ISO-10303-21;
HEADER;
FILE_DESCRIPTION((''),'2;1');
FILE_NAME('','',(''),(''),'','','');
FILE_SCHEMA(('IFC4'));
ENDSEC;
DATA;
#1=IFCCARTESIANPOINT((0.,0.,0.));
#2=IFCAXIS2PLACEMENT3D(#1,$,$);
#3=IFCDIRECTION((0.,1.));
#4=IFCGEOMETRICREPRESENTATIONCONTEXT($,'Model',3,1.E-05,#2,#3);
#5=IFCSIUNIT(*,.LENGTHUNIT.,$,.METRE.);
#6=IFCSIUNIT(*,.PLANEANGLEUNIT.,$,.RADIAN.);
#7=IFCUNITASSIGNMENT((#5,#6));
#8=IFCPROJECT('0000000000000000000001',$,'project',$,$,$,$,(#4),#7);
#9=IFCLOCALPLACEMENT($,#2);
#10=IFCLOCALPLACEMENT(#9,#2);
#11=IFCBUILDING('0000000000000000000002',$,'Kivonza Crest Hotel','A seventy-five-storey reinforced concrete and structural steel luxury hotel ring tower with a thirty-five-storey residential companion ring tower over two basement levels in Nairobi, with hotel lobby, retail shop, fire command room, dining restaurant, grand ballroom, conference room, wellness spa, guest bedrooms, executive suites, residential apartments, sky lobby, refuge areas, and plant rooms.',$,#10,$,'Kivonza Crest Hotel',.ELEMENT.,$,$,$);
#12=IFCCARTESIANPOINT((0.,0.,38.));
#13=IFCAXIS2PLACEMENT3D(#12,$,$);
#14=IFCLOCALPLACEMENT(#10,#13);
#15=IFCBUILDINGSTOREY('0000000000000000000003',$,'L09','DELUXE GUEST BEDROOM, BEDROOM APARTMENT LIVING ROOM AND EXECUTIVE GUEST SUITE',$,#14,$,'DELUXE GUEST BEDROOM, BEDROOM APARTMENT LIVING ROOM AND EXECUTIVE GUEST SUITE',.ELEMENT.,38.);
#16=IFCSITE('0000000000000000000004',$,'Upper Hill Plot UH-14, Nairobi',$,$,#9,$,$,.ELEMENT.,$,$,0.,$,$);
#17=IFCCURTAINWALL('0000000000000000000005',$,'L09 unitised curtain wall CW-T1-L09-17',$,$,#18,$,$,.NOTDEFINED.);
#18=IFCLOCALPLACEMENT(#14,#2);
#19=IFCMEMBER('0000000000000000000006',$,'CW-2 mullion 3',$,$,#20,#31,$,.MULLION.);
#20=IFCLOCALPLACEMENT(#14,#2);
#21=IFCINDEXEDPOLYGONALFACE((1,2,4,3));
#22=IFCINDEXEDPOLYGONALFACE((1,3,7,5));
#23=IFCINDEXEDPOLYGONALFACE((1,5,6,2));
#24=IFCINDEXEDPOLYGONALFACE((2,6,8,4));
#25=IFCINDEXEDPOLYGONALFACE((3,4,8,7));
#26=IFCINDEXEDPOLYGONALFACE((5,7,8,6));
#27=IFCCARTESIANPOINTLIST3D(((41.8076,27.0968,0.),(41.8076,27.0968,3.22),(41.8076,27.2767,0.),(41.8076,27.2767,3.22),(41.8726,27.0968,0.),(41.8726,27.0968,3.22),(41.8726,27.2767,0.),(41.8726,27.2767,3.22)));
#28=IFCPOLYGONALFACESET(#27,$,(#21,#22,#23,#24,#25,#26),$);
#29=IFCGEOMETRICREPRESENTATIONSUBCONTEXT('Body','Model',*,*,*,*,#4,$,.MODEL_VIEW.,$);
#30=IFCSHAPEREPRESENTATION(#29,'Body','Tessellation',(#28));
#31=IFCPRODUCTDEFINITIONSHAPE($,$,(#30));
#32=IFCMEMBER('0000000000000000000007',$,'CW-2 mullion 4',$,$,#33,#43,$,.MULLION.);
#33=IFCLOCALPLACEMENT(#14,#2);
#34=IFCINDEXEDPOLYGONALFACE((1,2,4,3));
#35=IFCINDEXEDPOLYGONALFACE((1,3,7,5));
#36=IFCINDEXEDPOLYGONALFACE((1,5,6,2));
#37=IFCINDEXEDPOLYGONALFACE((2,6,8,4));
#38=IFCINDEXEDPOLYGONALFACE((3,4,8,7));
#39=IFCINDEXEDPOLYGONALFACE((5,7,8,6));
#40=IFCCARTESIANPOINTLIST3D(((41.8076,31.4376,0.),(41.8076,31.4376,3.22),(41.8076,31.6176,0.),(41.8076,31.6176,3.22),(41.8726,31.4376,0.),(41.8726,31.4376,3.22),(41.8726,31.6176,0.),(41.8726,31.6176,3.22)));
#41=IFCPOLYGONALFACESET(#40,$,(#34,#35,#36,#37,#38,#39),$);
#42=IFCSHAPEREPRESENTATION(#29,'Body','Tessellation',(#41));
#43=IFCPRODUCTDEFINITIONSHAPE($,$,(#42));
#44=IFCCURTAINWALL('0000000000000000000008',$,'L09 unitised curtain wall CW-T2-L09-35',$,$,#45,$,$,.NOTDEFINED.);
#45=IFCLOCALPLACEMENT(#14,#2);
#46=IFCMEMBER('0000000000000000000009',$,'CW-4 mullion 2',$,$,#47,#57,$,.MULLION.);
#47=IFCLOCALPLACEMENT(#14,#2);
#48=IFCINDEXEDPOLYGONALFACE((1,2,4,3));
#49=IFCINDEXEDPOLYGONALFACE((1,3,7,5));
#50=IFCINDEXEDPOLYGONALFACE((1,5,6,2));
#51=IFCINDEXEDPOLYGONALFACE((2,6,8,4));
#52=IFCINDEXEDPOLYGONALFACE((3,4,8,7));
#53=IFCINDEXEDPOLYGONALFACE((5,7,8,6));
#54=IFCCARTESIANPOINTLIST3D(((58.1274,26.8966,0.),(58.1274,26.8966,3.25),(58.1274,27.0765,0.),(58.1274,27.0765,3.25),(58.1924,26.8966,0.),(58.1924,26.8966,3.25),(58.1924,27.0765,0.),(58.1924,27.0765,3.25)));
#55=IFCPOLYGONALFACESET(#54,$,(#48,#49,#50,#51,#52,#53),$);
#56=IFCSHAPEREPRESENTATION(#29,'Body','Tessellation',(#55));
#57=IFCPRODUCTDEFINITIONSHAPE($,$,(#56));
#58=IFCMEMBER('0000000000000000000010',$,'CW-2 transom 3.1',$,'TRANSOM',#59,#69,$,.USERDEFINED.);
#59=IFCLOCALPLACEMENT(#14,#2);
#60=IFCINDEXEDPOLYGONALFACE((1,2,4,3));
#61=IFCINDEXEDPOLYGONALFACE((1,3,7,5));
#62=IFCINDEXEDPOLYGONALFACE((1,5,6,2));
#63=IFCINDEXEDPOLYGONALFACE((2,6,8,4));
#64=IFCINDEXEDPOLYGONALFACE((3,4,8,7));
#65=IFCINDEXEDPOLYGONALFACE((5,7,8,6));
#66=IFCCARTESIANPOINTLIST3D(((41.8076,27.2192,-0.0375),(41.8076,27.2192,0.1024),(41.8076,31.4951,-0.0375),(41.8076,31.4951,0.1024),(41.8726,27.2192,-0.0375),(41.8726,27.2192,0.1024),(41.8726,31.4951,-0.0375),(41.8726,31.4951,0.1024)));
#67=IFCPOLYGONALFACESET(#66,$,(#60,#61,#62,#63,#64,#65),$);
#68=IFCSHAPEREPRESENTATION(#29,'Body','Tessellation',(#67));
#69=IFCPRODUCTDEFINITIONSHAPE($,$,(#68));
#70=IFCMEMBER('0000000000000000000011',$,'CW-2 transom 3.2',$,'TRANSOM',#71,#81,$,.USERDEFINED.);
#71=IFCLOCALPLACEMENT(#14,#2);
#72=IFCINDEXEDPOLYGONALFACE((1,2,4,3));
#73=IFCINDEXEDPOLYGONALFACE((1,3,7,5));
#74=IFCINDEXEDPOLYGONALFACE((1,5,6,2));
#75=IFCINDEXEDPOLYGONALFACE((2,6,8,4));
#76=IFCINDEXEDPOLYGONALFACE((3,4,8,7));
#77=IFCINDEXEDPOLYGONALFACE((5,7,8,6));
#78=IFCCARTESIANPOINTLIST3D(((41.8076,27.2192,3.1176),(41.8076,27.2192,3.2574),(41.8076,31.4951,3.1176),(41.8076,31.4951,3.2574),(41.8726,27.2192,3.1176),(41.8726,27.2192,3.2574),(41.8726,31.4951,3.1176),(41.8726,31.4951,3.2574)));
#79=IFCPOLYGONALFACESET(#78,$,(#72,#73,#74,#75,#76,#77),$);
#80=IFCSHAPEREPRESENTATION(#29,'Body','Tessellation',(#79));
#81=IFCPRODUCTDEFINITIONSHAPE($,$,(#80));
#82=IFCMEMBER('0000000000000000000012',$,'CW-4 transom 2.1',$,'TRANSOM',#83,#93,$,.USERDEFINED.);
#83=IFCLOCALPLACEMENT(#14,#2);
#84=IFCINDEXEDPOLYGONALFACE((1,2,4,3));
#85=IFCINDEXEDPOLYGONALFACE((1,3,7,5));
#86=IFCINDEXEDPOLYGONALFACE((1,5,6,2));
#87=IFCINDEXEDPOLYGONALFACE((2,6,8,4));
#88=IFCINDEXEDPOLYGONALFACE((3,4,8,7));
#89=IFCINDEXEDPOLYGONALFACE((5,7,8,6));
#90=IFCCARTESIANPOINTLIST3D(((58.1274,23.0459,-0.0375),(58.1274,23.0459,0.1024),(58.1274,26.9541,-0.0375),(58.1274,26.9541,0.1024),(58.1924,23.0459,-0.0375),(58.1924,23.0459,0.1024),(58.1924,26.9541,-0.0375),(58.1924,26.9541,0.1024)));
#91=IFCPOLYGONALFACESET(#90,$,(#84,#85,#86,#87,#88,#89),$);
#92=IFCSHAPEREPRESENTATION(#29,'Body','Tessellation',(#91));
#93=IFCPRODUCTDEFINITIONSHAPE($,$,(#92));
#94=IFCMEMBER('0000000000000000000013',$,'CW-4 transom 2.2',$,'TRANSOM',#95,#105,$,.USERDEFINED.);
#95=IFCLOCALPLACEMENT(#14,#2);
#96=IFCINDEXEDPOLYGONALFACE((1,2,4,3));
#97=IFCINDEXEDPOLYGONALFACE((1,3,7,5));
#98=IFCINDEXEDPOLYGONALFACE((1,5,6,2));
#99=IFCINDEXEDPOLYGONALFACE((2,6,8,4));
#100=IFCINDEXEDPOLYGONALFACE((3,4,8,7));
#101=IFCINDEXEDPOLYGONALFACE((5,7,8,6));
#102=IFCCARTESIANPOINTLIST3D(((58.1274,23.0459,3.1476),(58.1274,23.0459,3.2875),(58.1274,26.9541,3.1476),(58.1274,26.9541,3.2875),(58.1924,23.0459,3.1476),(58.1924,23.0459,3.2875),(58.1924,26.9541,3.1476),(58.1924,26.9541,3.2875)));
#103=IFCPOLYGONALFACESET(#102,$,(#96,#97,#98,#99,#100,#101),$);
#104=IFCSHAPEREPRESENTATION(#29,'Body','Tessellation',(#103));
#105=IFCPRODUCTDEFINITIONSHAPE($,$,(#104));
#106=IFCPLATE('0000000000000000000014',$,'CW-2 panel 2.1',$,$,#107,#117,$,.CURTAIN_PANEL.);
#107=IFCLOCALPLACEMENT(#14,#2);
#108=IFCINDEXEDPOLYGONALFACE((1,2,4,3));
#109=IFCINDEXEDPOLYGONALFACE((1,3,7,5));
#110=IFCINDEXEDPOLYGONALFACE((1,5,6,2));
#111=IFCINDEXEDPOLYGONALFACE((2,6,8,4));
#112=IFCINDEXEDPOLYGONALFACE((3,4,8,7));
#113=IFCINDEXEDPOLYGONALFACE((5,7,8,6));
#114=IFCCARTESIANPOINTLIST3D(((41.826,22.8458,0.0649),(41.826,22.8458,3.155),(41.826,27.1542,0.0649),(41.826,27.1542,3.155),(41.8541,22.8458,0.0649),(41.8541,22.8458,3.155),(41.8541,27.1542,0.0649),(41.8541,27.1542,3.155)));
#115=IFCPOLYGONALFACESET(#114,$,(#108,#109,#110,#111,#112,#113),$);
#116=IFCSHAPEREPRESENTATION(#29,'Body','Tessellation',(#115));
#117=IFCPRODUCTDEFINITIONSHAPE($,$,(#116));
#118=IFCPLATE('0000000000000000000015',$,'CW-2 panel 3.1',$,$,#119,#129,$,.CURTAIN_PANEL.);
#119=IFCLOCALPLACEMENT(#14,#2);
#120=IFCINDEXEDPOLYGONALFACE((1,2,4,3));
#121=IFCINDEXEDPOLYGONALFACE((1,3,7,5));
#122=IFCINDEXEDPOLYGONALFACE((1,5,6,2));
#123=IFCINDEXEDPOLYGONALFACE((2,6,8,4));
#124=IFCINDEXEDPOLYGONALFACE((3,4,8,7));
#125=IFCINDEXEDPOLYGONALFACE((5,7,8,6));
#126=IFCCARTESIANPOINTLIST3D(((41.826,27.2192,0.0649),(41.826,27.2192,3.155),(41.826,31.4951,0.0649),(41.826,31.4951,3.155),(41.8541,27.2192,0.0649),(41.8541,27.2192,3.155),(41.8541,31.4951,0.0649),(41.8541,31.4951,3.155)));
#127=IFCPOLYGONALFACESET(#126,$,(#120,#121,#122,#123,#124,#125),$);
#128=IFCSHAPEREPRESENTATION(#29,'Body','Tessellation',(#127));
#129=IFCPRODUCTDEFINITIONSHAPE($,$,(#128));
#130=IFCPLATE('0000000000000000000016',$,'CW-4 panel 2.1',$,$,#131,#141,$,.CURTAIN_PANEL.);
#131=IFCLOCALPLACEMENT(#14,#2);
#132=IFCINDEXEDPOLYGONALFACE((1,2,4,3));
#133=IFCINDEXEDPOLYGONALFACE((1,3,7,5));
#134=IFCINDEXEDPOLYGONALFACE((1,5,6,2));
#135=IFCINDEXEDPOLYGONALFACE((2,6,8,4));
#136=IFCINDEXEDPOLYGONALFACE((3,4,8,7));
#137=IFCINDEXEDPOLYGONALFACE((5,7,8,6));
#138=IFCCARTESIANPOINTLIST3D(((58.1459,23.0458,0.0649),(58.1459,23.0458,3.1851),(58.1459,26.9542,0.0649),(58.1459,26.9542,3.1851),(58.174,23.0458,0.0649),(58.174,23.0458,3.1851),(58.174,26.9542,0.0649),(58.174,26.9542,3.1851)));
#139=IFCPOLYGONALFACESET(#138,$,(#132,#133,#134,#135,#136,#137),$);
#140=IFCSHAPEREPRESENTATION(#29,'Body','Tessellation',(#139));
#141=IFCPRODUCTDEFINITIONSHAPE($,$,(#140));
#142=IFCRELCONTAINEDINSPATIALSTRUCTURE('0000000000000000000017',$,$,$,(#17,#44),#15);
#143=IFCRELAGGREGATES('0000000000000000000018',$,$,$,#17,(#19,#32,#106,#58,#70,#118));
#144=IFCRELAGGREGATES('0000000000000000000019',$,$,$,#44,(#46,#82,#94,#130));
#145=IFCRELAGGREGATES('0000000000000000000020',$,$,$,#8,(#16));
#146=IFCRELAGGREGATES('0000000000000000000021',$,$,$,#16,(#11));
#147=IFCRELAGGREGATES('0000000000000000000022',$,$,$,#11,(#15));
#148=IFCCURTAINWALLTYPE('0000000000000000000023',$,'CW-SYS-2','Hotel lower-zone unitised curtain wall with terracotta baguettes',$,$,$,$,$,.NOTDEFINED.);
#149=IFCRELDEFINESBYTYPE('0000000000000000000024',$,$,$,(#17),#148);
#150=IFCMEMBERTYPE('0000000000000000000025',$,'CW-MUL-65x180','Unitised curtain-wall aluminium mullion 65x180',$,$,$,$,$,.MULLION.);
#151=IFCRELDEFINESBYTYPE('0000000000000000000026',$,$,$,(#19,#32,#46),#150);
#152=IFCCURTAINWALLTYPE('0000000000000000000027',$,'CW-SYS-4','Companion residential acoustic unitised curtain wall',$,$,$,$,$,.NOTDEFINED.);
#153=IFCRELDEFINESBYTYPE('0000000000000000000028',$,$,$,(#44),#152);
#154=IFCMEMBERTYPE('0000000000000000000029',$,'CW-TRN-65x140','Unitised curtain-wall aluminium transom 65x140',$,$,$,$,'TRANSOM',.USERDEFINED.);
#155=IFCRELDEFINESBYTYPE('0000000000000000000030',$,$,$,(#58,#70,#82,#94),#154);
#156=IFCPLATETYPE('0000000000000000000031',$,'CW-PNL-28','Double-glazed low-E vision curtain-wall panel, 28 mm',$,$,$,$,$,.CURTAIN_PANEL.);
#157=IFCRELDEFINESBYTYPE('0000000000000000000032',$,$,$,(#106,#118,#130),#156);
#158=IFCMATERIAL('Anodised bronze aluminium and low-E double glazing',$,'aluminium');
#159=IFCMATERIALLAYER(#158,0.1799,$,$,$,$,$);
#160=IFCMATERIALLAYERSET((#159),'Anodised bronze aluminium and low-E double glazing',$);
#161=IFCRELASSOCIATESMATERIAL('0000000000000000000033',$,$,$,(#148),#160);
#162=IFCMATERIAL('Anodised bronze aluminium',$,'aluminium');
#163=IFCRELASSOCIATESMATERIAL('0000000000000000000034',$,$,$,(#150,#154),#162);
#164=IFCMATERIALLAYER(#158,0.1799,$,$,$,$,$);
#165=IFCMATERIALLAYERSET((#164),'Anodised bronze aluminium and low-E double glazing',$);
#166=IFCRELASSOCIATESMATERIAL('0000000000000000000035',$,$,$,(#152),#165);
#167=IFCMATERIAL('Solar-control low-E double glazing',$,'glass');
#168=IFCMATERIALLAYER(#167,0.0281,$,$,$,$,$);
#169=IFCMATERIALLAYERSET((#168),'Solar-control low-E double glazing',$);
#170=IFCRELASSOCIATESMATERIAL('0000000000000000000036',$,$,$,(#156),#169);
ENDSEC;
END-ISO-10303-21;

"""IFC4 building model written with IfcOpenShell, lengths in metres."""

from ifc_helpers import new_model, si_unit, direction, frame, origin, origin_2d, place, context, subcontext, project, spatial, rectangle, extrude, material, layer, layer_set, material_profile, profile_set, type_object, element, aggregate, save


model = new_model("IFC4")

# Units and contexts
model_context = context("Model", 3, precision=1e-05, world=origin(), true_north=direction((0.0, 1.0)))
body_context = subcontext(model_context, "Body", "Model", "MODEL_VIEW")
ifc_project = project(units=[si_unit("LENGTHUNIT", "METRE"), si_unit("PLANEANGLEUNIT", "RADIAN")], contexts=[model_context])

# Site, building, storey
site_placement = place(None, origin())
site = spatial("IfcSite", under=ifc_project, at=site_placement, Name="Upper Hill Plot UH-14, Nairobi", CompositionType="ELEMENT", RefElevation=0.0)
building_placement = place(site_placement, origin())
building = spatial("IfcBuilding", under=site, at=building_placement, Name="Kivonza Crest Hotel", Description="A seventy-five-storey reinforced concrete and structural steel luxury hotel ring tower with a thirty-five-storey residential companion ring tower over two basement levels in Nairobi, with hotel lobby, retail shop, fire command room, dining restaurant, grand ballroom, conference room, wellness spa, guest bedrooms, executive suites, residential apartments, sky lobby, refuge areas, and plant rooms.", LongName="Kivonza Crest Hotel", CompositionType="ELEMENT")
storey_placement = place(building_placement, frame((0.0, 0.0, 38.0)))
storey = spatial("IfcBuildingStorey", under=building, at=storey_placement, Name="L09", Description="DELUXE GUEST BEDROOM, BEDROOM APARTMENT LIVING ROOM AND EXECUTIVE GUEST SUITE", LongName="DELUXE GUEST BEDROOM, BEDROOM APARTMENT LIVING ROOM AND EXECUTIVE GUEST SUITE", CompositionType="ELEMENT", Elevation=38.0)

# Curtain wall, members
ifc_material_1 = material(Name="Anodised bronze aluminium and low-E double glazing", Category="aluminium")
ifc_layer_1 = layer(ifc_material_1, 0.1799)
ifc_layer_set_1 = layer_set([ifc_layer_1], Name="Anodised bronze aluminium and low-E double glazing")
curtain_wall_type_1 = type_object("IfcCurtainWallType", Name="CW-SYS-2", Description="Hotel lower-zone unitised curtain wall with terracotta baguettes", PredefinedType="NOTDEFINED", material=ifc_layer_set_1)
curtain_wall_1_placement = place(storey_placement, origin())
curtain_wall_1 = element("IfcCurtainWall", 1, at=curtain_wall_1_placement, inside=storey, type_object=curtain_wall_type_1, Name="L09 unitised curtain wall CW-T1-L09-17", PredefinedType="NOTDEFINED")
ifc_material_2 = material(Name="Anodised bronze aluminium", Category="aluminium")
ifc_material_profile_1 = material_profile(ifc_material_2, rectangle(XDim=0.0649, YDim=0.1799, at=origin_2d()), Name="CW-M 65x180")
ifc_profile_set_1 = profile_set([ifc_material_profile_1], Name="Anodised bronze aluminium")
member_type_1 = type_object("IfcMemberType", Name="CW-MUL-65x180", Description="Unitised curtain-wall aluminium mullion 65x180", PredefinedType="MULLION", material=ifc_profile_set_1)
member_1_placement = place(storey_placement, frame((41.8401, 27.1868, 0.0), z_axis=(0.0, 0.0, 1.0), x_axis=(-1.0, 0.0, 0.0)))
member_1 = element("IfcMember", 2, at=member_1_placement, type_object=member_type_1, Name="CW-2 mullion 3", PredefinedType="MULLION", context=body_context, shape_type="SweptSolid", body=[
    extrude(rectangle(XDim=0.0649, YDim=0.1799, at=origin_2d()), origin(), (0.0, 0.0, 1.0), 3.22),
])
member_2_placement = place(storey_placement, frame((41.8401, 31.5276, 0.0), z_axis=(0.0, 0.0, 1.0), x_axis=(-1.0, 0.0, 0.0)))
member_2 = element("IfcMember", 3, at=member_2_placement, type_object=member_type_1, Name="CW-2 mullion 4", PredefinedType="MULLION", context=body_context, shape_type="SweptSolid", body=[
    extrude(rectangle(XDim=0.0649, YDim=0.1799, at=origin_2d()), origin(), (0.0, 0.0, 1.0), 3.22),
])

# Curtain wall, member
ifc_layer_2 = layer(ifc_material_1, 0.1799)
ifc_layer_set_2 = layer_set([ifc_layer_2], Name="Anodised bronze aluminium and low-E double glazing")
curtain_wall_type_2 = type_object("IfcCurtainWallType", Name="CW-SYS-4", Description="Companion residential acoustic unitised curtain wall", PredefinedType="NOTDEFINED", material=ifc_layer_set_2)
curtain_wall_2_placement = place(storey_placement, origin())
curtain_wall_2 = element("IfcCurtainWall", 4, at=curtain_wall_2_placement, inside=storey, type_object=curtain_wall_type_2, Name="L09 unitised curtain wall CW-T2-L09-35", PredefinedType="NOTDEFINED")
member_3_placement = place(storey_placement, frame((58.1599, 26.9866, 0.0), z_axis=(0.0, 0.0, 1.0), x_axis=(1.0, 0.0, 0.0)))
member_3 = element("IfcMember", 5, at=member_3_placement, type_object=member_type_1, Name="CW-4 mullion 2", PredefinedType="MULLION", context=body_context, shape_type="SweptSolid", body=[
    extrude(rectangle(XDim=0.0649, YDim=0.1799, at=origin_2d()), origin(), (0.0, 0.0, 1.0), 3.25),
])

# Members
ifc_material_profile_2 = material_profile(ifc_material_2, rectangle(XDim=0.0649, YDim=0.1399, at=origin_2d()), Name="CW-T 65x140")
ifc_profile_set_2 = profile_set([ifc_material_profile_2], Name="Anodised bronze aluminium")
member_type_2 = type_object("IfcMemberType", Name="CW-TRN-65x140", Description="Unitised curtain-wall aluminium transom 65x140", ElementType="TRANSOM", PredefinedType="USERDEFINED", material=ifc_profile_set_2)
member_4_placement = place(storey_placement, frame((41.8401, 27.2192, 0.0325), z_axis=(0.0, 1.0, 0.0), x_axis=(-1.0, 0.0, 0.0)))
member_4 = element("IfcMember", 6, at=member_4_placement, type_object=member_type_2, Name="CW-2 transom 3.1", ObjectType="TRANSOM", PredefinedType="USERDEFINED", context=body_context, shape_type="SweptSolid", body=[
    extrude(rectangle(XDim=0.0649, YDim=0.1399, at=origin_2d()), origin(), (0.0, 0.0, 1.0), 4.2759),
])
member_5_placement = place(storey_placement, frame((41.8401, 27.2192, 3.1875), z_axis=(0.0, 1.0, 0.0), x_axis=(-1.0, 0.0, 0.0)))
member_5 = element("IfcMember", 7, at=member_5_placement, type_object=member_type_2, Name="CW-2 transom 3.2", ObjectType="TRANSOM", PredefinedType="USERDEFINED", context=body_context, shape_type="SweptSolid", body=[
    extrude(rectangle(XDim=0.0649, YDim=0.1399, at=origin_2d()), origin(), (0.0, 0.0, 1.0), 4.2759),
])
member_6_placement = place(storey_placement, frame((58.1599, 26.9541, 0.0325), z_axis=(0.0, -1.0, 0.0), x_axis=(1.0, 0.0, 0.0)))
member_6 = element("IfcMember", 8, at=member_6_placement, type_object=member_type_2, Name="CW-4 transom 2.1", ObjectType="TRANSOM", PredefinedType="USERDEFINED", context=body_context, shape_type="SweptSolid", body=[
    extrude(rectangle(XDim=0.0649, YDim=0.1399, at=origin_2d()), origin(), (0.0, 0.0, 1.0), 3.9082),
])
member_7_placement = place(storey_placement, frame((58.1599, 26.9541, 3.2175), z_axis=(0.0, -1.0, 0.0), x_axis=(1.0, 0.0, 0.0)))
member_7 = element("IfcMember", 9, at=member_7_placement, type_object=member_type_2, Name="CW-4 transom 2.2", ObjectType="TRANSOM", PredefinedType="USERDEFINED", context=body_context, shape_type="SweptSolid", body=[
    extrude(rectangle(XDim=0.0649, YDim=0.1399, at=origin_2d()), origin(), (0.0, 0.0, 1.0), 3.9082),
])

# Plates
ifc_material_3 = material(Name="Solar-control low-E double glazing", Category="glass")
ifc_layer_3 = layer(ifc_material_3, 0.0281)
ifc_layer_set_3 = layer_set([ifc_layer_3], Name="Solar-control low-E double glazing")
plate_type = type_object("IfcPlateType", Name="CW-PNL-28", Description="Double-glazed low-E vision curtain-wall panel, 28 mm", PredefinedType="CURTAIN_PANEL", material=ifc_layer_set_3)
plate_1_placement = place(storey_placement, frame((41.8401, 25.0, 0.0649), z_axis=(0.0, 0.0, 1.0), x_axis=(0.0, 1.0, 0.0)))
plate_1 = element("IfcPlate", 10, at=plate_1_placement, type_object=plate_type, Name="CW-2 panel 2.1", PredefinedType="CURTAIN_PANEL", context=body_context, shape_type="SweptSolid", body=[
    extrude(rectangle(XDim=4.3083, YDim=0.0281, at=origin_2d()), origin(), (0.0, 0.0, 1.0), 3.0901),
])
plate_2_placement = place(storey_placement, frame((41.8401, 29.3572, 0.0649), z_axis=(0.0, 0.0, 1.0), x_axis=(0.0, 1.0, 0.0)))
plate_2 = element("IfcPlate", 11, at=plate_2_placement, type_object=plate_type, Name="CW-2 panel 3.1", PredefinedType="CURTAIN_PANEL", context=body_context, shape_type="SweptSolid", body=[
    extrude(rectangle(XDim=4.2759, YDim=0.0281, at=origin_2d()), origin(), (0.0, 0.0, 1.0), 3.0901),
])
aggregate(curtain_wall_1, [member_1, member_2, plate_1, member_4, member_5, plate_2])
plate_3_placement = place(storey_placement, frame((58.1599, 25.0, 0.0649), z_axis=(0.0, 0.0, 1.0), x_axis=(0.0, -1.0, 0.0)))
plate_3 = element("IfcPlate", 12, at=plate_3_placement, type_object=plate_type, Name="CW-4 panel 2.1", PredefinedType="CURTAIN_PANEL", context=body_context, shape_type="SweptSolid", body=[
    extrude(rectangle(XDim=3.9084, YDim=0.0281, at=origin_2d()), origin(), (0.0, 0.0, 1.0), 3.1201),
])
aggregate(curtain_wall_2, [member_3, member_6, member_7, plate_3])

save(model, "model.ifc")
